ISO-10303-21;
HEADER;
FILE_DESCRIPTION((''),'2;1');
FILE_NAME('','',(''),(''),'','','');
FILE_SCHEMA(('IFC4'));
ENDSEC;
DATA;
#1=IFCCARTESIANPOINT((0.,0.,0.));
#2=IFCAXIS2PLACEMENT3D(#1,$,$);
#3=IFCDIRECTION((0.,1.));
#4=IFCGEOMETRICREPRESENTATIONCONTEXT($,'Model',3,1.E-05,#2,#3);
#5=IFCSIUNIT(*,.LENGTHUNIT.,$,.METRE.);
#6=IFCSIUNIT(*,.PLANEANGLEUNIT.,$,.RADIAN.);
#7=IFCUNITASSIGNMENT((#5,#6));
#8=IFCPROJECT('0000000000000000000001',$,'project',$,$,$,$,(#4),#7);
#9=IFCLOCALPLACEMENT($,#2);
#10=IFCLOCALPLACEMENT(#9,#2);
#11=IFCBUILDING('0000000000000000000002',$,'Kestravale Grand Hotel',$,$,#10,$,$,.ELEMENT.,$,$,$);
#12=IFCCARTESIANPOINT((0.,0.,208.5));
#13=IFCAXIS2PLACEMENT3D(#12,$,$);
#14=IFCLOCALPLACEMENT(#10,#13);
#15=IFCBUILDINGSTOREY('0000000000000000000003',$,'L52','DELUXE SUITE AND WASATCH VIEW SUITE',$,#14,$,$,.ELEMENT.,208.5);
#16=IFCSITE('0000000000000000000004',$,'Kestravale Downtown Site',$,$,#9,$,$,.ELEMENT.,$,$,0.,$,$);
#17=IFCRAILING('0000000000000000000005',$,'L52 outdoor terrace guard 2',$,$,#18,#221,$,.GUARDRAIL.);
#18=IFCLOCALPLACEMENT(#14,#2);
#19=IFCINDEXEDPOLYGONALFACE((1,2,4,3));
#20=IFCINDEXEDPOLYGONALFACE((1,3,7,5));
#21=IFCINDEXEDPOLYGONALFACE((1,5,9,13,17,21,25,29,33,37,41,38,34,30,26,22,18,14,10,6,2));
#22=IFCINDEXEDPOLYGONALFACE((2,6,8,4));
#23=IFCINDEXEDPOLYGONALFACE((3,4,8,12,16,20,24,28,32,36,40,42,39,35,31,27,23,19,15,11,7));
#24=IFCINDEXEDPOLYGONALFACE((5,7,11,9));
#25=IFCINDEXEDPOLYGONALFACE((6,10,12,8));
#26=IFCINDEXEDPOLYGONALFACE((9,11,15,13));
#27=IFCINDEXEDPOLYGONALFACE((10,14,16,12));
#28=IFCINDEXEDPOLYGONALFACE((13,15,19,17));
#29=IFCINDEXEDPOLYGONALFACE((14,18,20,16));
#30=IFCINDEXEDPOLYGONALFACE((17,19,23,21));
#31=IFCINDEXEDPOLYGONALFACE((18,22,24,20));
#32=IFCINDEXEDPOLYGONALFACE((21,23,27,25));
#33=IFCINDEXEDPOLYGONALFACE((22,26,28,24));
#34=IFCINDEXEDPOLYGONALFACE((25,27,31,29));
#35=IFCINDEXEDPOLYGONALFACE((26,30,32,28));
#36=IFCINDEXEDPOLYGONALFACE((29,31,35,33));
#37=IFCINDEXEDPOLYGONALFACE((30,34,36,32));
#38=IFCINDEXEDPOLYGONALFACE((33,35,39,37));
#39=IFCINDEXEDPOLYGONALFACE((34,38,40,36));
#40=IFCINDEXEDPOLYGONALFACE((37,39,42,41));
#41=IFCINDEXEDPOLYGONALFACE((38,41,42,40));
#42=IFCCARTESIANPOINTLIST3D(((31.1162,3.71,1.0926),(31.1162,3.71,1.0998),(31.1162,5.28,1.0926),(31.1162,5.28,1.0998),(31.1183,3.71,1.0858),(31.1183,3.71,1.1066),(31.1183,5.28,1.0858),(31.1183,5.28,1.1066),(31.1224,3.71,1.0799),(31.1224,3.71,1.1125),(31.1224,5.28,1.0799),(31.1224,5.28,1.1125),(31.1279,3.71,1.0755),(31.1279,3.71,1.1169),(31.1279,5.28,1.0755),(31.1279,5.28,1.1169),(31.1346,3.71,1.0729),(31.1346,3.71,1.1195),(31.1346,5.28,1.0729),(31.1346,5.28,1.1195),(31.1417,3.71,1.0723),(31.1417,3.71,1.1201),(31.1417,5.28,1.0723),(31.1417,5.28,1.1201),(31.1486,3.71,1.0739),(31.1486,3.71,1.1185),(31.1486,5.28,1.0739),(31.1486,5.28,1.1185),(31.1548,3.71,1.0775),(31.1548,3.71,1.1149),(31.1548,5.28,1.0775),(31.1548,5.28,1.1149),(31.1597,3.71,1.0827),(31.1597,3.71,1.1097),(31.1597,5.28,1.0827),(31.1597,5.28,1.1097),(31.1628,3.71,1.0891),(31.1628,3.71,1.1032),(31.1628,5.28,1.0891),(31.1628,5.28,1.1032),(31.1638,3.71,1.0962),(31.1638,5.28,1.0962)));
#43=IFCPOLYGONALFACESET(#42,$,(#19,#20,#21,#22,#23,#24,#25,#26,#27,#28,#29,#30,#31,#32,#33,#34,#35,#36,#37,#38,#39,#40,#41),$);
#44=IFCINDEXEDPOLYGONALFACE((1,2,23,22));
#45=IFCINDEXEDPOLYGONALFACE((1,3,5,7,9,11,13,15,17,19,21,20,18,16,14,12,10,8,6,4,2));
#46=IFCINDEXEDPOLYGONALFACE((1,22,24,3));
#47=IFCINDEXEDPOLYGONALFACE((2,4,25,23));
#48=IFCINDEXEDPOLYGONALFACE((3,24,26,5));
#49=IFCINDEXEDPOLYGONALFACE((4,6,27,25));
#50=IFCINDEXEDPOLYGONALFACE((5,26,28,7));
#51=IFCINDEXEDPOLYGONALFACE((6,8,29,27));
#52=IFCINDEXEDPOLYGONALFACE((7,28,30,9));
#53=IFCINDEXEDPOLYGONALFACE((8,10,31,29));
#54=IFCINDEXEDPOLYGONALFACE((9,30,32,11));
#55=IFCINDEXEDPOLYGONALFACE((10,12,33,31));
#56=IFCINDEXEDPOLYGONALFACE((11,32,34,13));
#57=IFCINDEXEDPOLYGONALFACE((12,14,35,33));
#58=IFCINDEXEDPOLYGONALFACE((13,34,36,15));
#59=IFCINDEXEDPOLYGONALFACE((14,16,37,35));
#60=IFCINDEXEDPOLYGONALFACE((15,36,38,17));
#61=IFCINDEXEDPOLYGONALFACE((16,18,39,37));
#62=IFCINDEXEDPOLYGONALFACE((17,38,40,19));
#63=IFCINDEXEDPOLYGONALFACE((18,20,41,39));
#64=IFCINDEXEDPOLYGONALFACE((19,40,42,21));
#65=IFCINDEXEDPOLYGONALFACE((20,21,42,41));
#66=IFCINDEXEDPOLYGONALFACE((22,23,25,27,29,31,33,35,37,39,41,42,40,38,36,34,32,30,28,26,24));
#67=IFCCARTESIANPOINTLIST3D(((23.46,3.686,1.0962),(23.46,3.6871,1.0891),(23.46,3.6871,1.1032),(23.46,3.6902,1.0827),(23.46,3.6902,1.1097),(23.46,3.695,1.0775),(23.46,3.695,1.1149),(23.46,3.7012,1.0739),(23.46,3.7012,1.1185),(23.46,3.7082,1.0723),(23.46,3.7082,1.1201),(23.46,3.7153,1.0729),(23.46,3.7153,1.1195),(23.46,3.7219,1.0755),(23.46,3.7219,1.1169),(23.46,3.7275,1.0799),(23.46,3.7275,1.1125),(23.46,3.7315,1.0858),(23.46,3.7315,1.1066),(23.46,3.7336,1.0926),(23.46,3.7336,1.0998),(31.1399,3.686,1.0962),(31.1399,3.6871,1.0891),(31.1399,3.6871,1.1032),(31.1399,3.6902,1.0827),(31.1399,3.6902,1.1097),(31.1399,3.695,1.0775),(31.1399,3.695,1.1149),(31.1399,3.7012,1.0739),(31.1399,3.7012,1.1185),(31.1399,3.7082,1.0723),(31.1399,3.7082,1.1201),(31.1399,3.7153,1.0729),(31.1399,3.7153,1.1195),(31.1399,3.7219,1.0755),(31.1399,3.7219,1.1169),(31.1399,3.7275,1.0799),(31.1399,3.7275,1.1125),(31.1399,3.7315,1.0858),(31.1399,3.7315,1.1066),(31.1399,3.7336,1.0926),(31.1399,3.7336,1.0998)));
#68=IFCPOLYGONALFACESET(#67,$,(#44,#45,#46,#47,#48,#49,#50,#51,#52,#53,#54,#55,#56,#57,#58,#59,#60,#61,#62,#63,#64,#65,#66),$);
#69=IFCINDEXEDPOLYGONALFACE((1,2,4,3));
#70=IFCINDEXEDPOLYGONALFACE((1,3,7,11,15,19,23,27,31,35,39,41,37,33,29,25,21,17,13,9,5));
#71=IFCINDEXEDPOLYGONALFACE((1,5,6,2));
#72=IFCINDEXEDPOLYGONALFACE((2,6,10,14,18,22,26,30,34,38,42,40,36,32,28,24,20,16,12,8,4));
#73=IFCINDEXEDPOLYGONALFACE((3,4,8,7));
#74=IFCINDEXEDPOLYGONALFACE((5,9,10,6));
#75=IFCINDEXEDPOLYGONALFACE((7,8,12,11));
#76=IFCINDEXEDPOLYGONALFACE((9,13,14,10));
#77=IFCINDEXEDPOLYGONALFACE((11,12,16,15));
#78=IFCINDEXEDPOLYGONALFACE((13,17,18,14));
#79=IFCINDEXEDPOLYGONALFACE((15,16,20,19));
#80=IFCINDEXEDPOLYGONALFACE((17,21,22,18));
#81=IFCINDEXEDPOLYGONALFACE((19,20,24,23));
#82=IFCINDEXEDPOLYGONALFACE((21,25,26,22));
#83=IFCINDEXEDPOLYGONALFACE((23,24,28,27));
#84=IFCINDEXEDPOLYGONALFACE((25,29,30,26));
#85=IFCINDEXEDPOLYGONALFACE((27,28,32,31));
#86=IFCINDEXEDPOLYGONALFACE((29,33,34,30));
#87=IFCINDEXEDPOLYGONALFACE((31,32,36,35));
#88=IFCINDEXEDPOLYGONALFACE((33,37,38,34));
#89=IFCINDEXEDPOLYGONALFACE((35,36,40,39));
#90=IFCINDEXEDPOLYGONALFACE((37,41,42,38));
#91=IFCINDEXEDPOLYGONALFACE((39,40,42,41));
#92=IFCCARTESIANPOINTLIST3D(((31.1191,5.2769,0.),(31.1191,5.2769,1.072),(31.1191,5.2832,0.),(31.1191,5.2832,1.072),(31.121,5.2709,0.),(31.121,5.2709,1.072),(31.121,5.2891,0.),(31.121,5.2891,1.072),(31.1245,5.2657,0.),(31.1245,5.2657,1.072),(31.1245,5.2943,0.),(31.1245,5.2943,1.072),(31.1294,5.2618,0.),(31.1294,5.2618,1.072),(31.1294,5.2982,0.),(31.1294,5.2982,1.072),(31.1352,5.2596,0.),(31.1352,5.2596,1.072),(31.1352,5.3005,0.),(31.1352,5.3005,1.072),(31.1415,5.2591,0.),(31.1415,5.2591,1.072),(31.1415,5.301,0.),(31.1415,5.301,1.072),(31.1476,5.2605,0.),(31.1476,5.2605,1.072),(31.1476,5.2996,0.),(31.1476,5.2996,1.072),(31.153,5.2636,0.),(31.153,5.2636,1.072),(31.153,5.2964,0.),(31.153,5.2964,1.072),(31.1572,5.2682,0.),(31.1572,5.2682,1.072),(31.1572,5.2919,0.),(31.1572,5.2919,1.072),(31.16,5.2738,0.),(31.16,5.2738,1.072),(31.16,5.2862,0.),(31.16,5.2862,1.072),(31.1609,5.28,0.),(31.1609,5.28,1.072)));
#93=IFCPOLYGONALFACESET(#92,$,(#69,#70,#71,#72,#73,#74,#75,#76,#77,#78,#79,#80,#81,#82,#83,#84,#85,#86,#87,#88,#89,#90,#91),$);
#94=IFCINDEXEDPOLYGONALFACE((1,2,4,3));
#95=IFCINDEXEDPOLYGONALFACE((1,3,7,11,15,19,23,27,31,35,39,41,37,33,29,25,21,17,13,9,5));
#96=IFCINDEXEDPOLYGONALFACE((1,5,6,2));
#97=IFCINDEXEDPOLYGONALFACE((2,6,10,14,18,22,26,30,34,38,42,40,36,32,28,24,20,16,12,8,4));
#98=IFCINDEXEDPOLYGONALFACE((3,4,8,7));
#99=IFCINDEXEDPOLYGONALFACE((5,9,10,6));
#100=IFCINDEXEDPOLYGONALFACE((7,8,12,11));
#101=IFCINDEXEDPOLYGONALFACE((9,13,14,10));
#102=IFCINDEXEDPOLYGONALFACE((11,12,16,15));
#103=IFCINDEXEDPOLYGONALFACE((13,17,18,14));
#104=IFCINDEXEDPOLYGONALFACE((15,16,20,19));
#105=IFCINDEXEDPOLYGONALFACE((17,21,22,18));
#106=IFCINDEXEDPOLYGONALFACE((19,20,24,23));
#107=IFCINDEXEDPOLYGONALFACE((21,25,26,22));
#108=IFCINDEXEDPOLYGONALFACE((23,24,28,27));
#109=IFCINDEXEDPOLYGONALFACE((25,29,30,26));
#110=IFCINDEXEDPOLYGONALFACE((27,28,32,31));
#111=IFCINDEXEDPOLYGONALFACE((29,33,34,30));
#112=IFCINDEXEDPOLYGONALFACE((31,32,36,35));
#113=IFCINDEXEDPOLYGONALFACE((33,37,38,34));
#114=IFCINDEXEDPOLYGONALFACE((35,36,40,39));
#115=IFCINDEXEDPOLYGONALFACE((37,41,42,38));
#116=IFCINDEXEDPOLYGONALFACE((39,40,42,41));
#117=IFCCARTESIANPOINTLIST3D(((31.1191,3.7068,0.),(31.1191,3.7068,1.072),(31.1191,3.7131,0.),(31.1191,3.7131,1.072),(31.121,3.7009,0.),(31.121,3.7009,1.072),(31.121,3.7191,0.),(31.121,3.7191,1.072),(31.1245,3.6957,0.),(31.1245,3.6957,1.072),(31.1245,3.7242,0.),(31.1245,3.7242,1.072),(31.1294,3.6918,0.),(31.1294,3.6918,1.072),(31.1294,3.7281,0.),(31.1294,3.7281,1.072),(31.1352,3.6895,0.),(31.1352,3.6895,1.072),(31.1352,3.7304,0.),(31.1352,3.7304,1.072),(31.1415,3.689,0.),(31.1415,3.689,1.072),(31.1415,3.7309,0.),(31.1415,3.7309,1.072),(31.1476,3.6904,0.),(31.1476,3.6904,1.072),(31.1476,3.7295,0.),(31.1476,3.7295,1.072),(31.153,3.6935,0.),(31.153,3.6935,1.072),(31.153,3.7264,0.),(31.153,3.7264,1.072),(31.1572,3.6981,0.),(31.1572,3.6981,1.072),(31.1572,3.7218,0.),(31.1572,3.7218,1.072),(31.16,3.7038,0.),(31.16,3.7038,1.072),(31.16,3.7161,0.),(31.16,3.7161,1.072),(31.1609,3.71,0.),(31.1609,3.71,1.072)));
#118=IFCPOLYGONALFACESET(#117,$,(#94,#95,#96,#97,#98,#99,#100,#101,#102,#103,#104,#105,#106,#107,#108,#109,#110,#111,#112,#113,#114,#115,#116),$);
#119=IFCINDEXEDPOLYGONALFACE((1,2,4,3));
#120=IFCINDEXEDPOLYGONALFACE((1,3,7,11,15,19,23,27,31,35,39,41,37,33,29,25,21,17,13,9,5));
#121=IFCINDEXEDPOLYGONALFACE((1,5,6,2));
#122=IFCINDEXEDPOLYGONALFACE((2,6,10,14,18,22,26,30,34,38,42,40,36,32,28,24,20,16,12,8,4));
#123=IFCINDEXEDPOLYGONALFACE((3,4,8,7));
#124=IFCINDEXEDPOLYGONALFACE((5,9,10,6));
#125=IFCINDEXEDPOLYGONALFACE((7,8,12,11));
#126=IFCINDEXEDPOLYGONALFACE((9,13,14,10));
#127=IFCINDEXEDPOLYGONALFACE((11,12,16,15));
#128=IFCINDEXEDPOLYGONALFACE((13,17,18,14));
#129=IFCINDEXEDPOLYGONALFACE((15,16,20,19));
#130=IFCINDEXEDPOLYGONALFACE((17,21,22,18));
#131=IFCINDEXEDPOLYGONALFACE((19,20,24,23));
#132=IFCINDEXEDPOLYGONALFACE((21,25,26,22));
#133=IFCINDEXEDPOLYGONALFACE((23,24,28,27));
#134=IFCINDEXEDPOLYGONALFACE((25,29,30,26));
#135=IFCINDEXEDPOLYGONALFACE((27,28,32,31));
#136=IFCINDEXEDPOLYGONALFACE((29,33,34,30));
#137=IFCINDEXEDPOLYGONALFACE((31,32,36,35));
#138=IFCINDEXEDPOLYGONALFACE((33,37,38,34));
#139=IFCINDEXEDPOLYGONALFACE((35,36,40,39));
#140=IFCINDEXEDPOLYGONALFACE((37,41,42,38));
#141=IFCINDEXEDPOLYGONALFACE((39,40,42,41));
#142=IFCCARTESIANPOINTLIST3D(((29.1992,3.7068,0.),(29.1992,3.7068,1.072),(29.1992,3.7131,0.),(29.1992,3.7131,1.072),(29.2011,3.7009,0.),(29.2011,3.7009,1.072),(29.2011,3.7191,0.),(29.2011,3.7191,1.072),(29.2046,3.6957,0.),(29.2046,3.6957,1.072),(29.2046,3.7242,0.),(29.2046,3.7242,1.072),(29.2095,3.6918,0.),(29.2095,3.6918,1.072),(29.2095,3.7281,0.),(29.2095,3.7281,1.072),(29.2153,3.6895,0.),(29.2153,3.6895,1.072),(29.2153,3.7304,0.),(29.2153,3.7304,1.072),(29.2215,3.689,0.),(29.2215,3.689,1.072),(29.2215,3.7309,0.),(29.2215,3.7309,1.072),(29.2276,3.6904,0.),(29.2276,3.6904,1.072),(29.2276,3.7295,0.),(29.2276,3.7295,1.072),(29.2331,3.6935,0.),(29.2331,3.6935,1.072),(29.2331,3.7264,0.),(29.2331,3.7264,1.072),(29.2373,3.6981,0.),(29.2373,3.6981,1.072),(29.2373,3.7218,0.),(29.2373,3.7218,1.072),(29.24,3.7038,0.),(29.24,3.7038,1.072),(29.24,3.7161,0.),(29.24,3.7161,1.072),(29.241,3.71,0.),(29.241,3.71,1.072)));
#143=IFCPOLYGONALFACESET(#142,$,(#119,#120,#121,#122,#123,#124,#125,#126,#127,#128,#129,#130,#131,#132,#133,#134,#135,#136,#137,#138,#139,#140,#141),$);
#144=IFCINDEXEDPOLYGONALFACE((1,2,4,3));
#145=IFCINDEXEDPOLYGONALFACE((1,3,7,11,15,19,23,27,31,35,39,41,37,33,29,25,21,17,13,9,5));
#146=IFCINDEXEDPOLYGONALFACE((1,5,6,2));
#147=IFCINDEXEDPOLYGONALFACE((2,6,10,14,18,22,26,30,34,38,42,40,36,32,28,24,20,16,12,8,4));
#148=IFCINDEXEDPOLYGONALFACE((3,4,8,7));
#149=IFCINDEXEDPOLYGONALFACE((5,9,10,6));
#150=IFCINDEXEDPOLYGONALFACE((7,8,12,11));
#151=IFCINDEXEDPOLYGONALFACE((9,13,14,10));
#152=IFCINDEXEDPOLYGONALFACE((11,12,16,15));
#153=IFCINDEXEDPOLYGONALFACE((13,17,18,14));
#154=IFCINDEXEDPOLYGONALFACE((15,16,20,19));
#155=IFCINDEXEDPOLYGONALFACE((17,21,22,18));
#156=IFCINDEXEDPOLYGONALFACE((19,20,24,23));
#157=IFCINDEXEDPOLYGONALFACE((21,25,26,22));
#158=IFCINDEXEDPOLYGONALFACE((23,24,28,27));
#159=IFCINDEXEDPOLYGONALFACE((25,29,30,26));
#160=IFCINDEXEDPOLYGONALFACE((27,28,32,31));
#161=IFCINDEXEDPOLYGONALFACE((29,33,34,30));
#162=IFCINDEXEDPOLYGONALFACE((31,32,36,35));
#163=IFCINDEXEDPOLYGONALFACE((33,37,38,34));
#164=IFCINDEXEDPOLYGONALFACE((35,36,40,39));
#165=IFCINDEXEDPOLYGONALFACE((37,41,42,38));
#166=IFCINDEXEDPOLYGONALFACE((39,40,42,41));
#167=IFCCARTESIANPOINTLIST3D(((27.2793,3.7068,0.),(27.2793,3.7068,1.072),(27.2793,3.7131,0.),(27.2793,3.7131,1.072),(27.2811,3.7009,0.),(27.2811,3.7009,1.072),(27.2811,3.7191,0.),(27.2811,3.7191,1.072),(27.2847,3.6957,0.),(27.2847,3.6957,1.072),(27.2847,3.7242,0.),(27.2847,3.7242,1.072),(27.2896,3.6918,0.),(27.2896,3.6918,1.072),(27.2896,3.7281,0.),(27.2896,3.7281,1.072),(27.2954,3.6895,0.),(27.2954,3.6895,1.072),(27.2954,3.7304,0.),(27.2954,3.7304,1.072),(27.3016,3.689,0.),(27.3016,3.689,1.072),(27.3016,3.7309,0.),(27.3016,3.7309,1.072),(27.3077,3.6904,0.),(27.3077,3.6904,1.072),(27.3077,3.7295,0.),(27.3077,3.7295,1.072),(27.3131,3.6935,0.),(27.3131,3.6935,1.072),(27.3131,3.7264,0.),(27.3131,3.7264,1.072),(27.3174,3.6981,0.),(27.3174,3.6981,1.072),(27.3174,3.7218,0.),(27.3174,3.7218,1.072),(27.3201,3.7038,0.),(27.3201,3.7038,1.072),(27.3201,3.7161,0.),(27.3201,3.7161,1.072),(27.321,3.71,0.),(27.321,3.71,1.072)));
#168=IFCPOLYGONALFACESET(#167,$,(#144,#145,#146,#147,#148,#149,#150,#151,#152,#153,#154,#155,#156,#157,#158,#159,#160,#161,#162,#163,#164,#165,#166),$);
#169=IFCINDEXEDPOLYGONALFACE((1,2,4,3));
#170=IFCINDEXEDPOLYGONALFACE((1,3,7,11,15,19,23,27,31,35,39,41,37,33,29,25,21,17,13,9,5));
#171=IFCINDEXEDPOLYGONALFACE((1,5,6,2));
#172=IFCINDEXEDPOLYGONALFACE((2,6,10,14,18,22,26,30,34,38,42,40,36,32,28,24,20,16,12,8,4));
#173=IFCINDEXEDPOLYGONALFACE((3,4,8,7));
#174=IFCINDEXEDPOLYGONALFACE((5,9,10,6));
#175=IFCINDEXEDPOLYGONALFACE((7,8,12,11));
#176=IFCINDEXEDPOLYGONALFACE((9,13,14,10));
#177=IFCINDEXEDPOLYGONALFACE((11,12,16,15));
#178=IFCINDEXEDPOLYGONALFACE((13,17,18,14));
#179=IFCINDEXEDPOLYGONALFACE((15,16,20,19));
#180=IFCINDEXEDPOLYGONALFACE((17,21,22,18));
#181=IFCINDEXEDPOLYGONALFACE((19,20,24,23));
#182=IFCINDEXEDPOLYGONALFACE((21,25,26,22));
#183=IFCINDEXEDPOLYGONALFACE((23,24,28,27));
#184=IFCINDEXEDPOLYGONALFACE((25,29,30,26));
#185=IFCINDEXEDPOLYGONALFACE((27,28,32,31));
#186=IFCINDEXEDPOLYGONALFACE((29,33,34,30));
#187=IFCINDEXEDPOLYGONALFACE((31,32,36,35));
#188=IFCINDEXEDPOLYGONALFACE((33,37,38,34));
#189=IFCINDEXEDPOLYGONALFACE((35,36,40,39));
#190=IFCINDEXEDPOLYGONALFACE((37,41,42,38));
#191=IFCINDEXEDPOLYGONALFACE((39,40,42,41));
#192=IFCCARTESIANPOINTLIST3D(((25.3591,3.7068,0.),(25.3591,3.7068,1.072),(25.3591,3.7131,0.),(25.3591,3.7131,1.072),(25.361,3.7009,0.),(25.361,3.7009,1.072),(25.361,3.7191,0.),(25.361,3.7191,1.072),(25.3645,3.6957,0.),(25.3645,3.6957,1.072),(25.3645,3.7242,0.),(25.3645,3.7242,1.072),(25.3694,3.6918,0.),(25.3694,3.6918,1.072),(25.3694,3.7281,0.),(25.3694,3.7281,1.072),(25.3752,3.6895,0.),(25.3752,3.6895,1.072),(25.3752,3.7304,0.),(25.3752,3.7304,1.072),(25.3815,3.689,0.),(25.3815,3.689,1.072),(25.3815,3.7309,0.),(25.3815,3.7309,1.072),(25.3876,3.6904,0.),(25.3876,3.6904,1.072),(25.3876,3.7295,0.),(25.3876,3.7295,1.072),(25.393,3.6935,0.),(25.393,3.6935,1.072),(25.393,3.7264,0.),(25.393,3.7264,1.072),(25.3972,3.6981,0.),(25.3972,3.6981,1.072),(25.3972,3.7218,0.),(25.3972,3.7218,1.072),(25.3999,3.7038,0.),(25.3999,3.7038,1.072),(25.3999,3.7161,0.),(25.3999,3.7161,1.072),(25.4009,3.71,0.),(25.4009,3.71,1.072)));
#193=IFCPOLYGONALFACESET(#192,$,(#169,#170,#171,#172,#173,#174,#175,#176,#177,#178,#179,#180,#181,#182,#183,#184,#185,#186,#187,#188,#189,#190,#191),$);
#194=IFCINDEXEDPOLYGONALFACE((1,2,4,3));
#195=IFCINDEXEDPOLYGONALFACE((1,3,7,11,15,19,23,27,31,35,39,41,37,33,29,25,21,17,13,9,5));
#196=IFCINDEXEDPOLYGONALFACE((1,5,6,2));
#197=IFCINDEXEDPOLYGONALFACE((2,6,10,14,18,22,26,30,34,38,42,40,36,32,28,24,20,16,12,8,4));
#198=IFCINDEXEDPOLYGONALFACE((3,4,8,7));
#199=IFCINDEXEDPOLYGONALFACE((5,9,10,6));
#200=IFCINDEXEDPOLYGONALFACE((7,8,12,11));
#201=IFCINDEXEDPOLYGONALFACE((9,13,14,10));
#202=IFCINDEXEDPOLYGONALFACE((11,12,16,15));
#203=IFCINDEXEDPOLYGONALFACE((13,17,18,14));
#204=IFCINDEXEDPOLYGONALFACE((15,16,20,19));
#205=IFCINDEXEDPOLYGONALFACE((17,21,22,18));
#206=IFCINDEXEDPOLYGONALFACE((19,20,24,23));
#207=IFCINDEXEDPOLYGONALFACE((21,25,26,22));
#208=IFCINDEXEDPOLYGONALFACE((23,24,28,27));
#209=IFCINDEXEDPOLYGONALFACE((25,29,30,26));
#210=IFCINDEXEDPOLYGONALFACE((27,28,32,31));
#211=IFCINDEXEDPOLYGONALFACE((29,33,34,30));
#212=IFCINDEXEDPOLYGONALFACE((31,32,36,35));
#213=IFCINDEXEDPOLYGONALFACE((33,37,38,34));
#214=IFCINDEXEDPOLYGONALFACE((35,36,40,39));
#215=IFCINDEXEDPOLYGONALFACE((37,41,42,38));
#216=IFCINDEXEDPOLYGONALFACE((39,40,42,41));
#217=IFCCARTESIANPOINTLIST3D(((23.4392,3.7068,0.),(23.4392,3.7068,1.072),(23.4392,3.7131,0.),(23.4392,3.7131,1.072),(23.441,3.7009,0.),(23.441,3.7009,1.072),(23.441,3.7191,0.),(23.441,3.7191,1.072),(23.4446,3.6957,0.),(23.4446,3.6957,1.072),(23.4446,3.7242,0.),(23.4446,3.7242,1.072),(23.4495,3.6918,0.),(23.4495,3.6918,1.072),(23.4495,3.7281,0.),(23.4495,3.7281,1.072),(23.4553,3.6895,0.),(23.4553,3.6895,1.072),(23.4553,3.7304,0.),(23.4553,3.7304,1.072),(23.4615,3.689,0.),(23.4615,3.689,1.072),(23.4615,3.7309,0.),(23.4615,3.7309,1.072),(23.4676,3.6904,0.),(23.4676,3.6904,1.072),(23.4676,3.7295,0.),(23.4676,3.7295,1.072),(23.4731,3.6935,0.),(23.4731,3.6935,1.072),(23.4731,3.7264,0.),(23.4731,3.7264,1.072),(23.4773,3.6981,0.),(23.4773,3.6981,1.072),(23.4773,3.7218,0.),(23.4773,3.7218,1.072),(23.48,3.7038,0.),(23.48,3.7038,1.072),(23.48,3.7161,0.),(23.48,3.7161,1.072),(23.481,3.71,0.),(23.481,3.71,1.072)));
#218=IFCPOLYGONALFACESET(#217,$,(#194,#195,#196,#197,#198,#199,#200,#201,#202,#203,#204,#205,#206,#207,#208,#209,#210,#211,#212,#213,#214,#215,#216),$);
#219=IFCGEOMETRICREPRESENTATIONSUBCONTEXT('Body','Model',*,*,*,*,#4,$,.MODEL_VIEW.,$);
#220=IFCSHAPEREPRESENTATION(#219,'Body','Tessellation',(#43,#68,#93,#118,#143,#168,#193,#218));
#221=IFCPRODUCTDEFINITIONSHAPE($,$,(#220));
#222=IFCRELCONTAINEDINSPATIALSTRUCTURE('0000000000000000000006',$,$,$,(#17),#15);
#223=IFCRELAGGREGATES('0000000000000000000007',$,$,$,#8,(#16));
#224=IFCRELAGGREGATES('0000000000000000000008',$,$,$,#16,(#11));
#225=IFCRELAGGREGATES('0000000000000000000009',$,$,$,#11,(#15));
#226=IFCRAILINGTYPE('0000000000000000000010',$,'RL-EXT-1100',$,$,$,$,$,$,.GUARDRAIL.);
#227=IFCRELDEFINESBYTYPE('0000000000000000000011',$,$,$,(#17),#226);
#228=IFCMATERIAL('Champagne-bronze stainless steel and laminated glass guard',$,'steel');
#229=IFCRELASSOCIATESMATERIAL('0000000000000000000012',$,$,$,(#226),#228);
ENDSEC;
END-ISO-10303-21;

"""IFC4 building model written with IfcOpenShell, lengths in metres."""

from ifc_helpers import new_model, si_unit, direction, frame, origin, origin_2d, place, context, subcontext, project, spatial, circle, extrude, material, type_object, element, save


model = new_model("IFC4")

# Units and contexts
model_context = context("Model", 3, precision=1e-05, world=origin(), true_north=direction((0.0, 1.0)))
body_context = subcontext(model_context, "Body", "Model", "MODEL_VIEW")
ifc_project = project(units=[si_unit("LENGTHUNIT", "METRE"), si_unit("PLANEANGLEUNIT", "RADIAN")], contexts=[model_context])

# Site, building, storey
site_placement = place(None, origin())
site = spatial("IfcSite", under=ifc_project, at=site_placement, Name="Kestravale Downtown Site", CompositionType="ELEMENT", RefElevation=0.0)
building_placement = place(site_placement, origin())
building = spatial("IfcBuilding", under=site, at=building_placement, Name="Kestravale Grand Hotel", CompositionType="ELEMENT")
storey_placement = place(building_placement, frame((0.0, 0.0, 208.5)))
storey = spatial("IfcBuildingStorey", under=building, at=storey_placement, Name="L52", Description="DELUXE SUITE AND WASATCH VIEW SUITE", CompositionType="ELEMENT", Elevation=208.5)

# Railing
ifc_material_1 = material(Name="Champagne-bronze stainless steel and laminated glass guard", Category="steel")
railing_type = type_object("IfcRailingType", Name="RL-EXT-1100", PredefinedType="GUARDRAIL", material=ifc_material_1)
railing_1_placement = place(storey_placement, frame((31.1399, 5.28, 0.0)))
element("IfcRailing", 1, at=railing_1_placement, inside=storey, type_object=railing_type, Name="L52 outdoor terrace guard 2", PredefinedType="GUARDRAIL", context=body_context, shape_type="SweptSolid", body=[
    extrude(circle(Radius=0.0239, at=origin_2d()), frame((0.0, 0.0, 1.0962), z_axis=(0.0, -1.0, 0.0), x_axis=(1.0, 0.0, 0.0)), (0.0, 0.0, 1.0), 1.5701),
    extrude(circle(Radius=0.0239, at=origin_2d()), frame((0.0, -1.5701, 1.0962), z_axis=(-1.0, 0.0, 0.0), x_axis=(0.0, -1.0, 0.0)), (0.0, 0.0, 1.0), 7.6799),
    extrude(circle(Radius=0.021, at=origin_2d()), origin(), (0.0, 0.0, 1.0), 1.072),
    extrude(circle(Radius=0.021, at=origin_2d()), frame((0.0, -1.5701, 0.0)), (0.0, 0.0, 1.0), 1.072),
    extrude(circle(Radius=0.021, at=origin_2d()), frame((-1.9199, -1.5701, 0.0)), (0.0, 0.0, 1.0), 1.072),
    extrude(circle(Radius=0.021, at=origin_2d()), frame((-3.8398, -1.5701, 0.0)), (0.0, 0.0, 1.0), 1.072),
    extrude(circle(Radius=0.021, at=origin_2d()), frame((-5.76, -1.5701, 0.0)), (0.0, 0.0, 1.0), 1.072),
    extrude(circle(Radius=0.021, at=origin_2d()), frame((-7.6799, -1.5701, 0.0)), (0.0, 0.0, 1.0), 1.072),
])

save(model, "model.ifc")
